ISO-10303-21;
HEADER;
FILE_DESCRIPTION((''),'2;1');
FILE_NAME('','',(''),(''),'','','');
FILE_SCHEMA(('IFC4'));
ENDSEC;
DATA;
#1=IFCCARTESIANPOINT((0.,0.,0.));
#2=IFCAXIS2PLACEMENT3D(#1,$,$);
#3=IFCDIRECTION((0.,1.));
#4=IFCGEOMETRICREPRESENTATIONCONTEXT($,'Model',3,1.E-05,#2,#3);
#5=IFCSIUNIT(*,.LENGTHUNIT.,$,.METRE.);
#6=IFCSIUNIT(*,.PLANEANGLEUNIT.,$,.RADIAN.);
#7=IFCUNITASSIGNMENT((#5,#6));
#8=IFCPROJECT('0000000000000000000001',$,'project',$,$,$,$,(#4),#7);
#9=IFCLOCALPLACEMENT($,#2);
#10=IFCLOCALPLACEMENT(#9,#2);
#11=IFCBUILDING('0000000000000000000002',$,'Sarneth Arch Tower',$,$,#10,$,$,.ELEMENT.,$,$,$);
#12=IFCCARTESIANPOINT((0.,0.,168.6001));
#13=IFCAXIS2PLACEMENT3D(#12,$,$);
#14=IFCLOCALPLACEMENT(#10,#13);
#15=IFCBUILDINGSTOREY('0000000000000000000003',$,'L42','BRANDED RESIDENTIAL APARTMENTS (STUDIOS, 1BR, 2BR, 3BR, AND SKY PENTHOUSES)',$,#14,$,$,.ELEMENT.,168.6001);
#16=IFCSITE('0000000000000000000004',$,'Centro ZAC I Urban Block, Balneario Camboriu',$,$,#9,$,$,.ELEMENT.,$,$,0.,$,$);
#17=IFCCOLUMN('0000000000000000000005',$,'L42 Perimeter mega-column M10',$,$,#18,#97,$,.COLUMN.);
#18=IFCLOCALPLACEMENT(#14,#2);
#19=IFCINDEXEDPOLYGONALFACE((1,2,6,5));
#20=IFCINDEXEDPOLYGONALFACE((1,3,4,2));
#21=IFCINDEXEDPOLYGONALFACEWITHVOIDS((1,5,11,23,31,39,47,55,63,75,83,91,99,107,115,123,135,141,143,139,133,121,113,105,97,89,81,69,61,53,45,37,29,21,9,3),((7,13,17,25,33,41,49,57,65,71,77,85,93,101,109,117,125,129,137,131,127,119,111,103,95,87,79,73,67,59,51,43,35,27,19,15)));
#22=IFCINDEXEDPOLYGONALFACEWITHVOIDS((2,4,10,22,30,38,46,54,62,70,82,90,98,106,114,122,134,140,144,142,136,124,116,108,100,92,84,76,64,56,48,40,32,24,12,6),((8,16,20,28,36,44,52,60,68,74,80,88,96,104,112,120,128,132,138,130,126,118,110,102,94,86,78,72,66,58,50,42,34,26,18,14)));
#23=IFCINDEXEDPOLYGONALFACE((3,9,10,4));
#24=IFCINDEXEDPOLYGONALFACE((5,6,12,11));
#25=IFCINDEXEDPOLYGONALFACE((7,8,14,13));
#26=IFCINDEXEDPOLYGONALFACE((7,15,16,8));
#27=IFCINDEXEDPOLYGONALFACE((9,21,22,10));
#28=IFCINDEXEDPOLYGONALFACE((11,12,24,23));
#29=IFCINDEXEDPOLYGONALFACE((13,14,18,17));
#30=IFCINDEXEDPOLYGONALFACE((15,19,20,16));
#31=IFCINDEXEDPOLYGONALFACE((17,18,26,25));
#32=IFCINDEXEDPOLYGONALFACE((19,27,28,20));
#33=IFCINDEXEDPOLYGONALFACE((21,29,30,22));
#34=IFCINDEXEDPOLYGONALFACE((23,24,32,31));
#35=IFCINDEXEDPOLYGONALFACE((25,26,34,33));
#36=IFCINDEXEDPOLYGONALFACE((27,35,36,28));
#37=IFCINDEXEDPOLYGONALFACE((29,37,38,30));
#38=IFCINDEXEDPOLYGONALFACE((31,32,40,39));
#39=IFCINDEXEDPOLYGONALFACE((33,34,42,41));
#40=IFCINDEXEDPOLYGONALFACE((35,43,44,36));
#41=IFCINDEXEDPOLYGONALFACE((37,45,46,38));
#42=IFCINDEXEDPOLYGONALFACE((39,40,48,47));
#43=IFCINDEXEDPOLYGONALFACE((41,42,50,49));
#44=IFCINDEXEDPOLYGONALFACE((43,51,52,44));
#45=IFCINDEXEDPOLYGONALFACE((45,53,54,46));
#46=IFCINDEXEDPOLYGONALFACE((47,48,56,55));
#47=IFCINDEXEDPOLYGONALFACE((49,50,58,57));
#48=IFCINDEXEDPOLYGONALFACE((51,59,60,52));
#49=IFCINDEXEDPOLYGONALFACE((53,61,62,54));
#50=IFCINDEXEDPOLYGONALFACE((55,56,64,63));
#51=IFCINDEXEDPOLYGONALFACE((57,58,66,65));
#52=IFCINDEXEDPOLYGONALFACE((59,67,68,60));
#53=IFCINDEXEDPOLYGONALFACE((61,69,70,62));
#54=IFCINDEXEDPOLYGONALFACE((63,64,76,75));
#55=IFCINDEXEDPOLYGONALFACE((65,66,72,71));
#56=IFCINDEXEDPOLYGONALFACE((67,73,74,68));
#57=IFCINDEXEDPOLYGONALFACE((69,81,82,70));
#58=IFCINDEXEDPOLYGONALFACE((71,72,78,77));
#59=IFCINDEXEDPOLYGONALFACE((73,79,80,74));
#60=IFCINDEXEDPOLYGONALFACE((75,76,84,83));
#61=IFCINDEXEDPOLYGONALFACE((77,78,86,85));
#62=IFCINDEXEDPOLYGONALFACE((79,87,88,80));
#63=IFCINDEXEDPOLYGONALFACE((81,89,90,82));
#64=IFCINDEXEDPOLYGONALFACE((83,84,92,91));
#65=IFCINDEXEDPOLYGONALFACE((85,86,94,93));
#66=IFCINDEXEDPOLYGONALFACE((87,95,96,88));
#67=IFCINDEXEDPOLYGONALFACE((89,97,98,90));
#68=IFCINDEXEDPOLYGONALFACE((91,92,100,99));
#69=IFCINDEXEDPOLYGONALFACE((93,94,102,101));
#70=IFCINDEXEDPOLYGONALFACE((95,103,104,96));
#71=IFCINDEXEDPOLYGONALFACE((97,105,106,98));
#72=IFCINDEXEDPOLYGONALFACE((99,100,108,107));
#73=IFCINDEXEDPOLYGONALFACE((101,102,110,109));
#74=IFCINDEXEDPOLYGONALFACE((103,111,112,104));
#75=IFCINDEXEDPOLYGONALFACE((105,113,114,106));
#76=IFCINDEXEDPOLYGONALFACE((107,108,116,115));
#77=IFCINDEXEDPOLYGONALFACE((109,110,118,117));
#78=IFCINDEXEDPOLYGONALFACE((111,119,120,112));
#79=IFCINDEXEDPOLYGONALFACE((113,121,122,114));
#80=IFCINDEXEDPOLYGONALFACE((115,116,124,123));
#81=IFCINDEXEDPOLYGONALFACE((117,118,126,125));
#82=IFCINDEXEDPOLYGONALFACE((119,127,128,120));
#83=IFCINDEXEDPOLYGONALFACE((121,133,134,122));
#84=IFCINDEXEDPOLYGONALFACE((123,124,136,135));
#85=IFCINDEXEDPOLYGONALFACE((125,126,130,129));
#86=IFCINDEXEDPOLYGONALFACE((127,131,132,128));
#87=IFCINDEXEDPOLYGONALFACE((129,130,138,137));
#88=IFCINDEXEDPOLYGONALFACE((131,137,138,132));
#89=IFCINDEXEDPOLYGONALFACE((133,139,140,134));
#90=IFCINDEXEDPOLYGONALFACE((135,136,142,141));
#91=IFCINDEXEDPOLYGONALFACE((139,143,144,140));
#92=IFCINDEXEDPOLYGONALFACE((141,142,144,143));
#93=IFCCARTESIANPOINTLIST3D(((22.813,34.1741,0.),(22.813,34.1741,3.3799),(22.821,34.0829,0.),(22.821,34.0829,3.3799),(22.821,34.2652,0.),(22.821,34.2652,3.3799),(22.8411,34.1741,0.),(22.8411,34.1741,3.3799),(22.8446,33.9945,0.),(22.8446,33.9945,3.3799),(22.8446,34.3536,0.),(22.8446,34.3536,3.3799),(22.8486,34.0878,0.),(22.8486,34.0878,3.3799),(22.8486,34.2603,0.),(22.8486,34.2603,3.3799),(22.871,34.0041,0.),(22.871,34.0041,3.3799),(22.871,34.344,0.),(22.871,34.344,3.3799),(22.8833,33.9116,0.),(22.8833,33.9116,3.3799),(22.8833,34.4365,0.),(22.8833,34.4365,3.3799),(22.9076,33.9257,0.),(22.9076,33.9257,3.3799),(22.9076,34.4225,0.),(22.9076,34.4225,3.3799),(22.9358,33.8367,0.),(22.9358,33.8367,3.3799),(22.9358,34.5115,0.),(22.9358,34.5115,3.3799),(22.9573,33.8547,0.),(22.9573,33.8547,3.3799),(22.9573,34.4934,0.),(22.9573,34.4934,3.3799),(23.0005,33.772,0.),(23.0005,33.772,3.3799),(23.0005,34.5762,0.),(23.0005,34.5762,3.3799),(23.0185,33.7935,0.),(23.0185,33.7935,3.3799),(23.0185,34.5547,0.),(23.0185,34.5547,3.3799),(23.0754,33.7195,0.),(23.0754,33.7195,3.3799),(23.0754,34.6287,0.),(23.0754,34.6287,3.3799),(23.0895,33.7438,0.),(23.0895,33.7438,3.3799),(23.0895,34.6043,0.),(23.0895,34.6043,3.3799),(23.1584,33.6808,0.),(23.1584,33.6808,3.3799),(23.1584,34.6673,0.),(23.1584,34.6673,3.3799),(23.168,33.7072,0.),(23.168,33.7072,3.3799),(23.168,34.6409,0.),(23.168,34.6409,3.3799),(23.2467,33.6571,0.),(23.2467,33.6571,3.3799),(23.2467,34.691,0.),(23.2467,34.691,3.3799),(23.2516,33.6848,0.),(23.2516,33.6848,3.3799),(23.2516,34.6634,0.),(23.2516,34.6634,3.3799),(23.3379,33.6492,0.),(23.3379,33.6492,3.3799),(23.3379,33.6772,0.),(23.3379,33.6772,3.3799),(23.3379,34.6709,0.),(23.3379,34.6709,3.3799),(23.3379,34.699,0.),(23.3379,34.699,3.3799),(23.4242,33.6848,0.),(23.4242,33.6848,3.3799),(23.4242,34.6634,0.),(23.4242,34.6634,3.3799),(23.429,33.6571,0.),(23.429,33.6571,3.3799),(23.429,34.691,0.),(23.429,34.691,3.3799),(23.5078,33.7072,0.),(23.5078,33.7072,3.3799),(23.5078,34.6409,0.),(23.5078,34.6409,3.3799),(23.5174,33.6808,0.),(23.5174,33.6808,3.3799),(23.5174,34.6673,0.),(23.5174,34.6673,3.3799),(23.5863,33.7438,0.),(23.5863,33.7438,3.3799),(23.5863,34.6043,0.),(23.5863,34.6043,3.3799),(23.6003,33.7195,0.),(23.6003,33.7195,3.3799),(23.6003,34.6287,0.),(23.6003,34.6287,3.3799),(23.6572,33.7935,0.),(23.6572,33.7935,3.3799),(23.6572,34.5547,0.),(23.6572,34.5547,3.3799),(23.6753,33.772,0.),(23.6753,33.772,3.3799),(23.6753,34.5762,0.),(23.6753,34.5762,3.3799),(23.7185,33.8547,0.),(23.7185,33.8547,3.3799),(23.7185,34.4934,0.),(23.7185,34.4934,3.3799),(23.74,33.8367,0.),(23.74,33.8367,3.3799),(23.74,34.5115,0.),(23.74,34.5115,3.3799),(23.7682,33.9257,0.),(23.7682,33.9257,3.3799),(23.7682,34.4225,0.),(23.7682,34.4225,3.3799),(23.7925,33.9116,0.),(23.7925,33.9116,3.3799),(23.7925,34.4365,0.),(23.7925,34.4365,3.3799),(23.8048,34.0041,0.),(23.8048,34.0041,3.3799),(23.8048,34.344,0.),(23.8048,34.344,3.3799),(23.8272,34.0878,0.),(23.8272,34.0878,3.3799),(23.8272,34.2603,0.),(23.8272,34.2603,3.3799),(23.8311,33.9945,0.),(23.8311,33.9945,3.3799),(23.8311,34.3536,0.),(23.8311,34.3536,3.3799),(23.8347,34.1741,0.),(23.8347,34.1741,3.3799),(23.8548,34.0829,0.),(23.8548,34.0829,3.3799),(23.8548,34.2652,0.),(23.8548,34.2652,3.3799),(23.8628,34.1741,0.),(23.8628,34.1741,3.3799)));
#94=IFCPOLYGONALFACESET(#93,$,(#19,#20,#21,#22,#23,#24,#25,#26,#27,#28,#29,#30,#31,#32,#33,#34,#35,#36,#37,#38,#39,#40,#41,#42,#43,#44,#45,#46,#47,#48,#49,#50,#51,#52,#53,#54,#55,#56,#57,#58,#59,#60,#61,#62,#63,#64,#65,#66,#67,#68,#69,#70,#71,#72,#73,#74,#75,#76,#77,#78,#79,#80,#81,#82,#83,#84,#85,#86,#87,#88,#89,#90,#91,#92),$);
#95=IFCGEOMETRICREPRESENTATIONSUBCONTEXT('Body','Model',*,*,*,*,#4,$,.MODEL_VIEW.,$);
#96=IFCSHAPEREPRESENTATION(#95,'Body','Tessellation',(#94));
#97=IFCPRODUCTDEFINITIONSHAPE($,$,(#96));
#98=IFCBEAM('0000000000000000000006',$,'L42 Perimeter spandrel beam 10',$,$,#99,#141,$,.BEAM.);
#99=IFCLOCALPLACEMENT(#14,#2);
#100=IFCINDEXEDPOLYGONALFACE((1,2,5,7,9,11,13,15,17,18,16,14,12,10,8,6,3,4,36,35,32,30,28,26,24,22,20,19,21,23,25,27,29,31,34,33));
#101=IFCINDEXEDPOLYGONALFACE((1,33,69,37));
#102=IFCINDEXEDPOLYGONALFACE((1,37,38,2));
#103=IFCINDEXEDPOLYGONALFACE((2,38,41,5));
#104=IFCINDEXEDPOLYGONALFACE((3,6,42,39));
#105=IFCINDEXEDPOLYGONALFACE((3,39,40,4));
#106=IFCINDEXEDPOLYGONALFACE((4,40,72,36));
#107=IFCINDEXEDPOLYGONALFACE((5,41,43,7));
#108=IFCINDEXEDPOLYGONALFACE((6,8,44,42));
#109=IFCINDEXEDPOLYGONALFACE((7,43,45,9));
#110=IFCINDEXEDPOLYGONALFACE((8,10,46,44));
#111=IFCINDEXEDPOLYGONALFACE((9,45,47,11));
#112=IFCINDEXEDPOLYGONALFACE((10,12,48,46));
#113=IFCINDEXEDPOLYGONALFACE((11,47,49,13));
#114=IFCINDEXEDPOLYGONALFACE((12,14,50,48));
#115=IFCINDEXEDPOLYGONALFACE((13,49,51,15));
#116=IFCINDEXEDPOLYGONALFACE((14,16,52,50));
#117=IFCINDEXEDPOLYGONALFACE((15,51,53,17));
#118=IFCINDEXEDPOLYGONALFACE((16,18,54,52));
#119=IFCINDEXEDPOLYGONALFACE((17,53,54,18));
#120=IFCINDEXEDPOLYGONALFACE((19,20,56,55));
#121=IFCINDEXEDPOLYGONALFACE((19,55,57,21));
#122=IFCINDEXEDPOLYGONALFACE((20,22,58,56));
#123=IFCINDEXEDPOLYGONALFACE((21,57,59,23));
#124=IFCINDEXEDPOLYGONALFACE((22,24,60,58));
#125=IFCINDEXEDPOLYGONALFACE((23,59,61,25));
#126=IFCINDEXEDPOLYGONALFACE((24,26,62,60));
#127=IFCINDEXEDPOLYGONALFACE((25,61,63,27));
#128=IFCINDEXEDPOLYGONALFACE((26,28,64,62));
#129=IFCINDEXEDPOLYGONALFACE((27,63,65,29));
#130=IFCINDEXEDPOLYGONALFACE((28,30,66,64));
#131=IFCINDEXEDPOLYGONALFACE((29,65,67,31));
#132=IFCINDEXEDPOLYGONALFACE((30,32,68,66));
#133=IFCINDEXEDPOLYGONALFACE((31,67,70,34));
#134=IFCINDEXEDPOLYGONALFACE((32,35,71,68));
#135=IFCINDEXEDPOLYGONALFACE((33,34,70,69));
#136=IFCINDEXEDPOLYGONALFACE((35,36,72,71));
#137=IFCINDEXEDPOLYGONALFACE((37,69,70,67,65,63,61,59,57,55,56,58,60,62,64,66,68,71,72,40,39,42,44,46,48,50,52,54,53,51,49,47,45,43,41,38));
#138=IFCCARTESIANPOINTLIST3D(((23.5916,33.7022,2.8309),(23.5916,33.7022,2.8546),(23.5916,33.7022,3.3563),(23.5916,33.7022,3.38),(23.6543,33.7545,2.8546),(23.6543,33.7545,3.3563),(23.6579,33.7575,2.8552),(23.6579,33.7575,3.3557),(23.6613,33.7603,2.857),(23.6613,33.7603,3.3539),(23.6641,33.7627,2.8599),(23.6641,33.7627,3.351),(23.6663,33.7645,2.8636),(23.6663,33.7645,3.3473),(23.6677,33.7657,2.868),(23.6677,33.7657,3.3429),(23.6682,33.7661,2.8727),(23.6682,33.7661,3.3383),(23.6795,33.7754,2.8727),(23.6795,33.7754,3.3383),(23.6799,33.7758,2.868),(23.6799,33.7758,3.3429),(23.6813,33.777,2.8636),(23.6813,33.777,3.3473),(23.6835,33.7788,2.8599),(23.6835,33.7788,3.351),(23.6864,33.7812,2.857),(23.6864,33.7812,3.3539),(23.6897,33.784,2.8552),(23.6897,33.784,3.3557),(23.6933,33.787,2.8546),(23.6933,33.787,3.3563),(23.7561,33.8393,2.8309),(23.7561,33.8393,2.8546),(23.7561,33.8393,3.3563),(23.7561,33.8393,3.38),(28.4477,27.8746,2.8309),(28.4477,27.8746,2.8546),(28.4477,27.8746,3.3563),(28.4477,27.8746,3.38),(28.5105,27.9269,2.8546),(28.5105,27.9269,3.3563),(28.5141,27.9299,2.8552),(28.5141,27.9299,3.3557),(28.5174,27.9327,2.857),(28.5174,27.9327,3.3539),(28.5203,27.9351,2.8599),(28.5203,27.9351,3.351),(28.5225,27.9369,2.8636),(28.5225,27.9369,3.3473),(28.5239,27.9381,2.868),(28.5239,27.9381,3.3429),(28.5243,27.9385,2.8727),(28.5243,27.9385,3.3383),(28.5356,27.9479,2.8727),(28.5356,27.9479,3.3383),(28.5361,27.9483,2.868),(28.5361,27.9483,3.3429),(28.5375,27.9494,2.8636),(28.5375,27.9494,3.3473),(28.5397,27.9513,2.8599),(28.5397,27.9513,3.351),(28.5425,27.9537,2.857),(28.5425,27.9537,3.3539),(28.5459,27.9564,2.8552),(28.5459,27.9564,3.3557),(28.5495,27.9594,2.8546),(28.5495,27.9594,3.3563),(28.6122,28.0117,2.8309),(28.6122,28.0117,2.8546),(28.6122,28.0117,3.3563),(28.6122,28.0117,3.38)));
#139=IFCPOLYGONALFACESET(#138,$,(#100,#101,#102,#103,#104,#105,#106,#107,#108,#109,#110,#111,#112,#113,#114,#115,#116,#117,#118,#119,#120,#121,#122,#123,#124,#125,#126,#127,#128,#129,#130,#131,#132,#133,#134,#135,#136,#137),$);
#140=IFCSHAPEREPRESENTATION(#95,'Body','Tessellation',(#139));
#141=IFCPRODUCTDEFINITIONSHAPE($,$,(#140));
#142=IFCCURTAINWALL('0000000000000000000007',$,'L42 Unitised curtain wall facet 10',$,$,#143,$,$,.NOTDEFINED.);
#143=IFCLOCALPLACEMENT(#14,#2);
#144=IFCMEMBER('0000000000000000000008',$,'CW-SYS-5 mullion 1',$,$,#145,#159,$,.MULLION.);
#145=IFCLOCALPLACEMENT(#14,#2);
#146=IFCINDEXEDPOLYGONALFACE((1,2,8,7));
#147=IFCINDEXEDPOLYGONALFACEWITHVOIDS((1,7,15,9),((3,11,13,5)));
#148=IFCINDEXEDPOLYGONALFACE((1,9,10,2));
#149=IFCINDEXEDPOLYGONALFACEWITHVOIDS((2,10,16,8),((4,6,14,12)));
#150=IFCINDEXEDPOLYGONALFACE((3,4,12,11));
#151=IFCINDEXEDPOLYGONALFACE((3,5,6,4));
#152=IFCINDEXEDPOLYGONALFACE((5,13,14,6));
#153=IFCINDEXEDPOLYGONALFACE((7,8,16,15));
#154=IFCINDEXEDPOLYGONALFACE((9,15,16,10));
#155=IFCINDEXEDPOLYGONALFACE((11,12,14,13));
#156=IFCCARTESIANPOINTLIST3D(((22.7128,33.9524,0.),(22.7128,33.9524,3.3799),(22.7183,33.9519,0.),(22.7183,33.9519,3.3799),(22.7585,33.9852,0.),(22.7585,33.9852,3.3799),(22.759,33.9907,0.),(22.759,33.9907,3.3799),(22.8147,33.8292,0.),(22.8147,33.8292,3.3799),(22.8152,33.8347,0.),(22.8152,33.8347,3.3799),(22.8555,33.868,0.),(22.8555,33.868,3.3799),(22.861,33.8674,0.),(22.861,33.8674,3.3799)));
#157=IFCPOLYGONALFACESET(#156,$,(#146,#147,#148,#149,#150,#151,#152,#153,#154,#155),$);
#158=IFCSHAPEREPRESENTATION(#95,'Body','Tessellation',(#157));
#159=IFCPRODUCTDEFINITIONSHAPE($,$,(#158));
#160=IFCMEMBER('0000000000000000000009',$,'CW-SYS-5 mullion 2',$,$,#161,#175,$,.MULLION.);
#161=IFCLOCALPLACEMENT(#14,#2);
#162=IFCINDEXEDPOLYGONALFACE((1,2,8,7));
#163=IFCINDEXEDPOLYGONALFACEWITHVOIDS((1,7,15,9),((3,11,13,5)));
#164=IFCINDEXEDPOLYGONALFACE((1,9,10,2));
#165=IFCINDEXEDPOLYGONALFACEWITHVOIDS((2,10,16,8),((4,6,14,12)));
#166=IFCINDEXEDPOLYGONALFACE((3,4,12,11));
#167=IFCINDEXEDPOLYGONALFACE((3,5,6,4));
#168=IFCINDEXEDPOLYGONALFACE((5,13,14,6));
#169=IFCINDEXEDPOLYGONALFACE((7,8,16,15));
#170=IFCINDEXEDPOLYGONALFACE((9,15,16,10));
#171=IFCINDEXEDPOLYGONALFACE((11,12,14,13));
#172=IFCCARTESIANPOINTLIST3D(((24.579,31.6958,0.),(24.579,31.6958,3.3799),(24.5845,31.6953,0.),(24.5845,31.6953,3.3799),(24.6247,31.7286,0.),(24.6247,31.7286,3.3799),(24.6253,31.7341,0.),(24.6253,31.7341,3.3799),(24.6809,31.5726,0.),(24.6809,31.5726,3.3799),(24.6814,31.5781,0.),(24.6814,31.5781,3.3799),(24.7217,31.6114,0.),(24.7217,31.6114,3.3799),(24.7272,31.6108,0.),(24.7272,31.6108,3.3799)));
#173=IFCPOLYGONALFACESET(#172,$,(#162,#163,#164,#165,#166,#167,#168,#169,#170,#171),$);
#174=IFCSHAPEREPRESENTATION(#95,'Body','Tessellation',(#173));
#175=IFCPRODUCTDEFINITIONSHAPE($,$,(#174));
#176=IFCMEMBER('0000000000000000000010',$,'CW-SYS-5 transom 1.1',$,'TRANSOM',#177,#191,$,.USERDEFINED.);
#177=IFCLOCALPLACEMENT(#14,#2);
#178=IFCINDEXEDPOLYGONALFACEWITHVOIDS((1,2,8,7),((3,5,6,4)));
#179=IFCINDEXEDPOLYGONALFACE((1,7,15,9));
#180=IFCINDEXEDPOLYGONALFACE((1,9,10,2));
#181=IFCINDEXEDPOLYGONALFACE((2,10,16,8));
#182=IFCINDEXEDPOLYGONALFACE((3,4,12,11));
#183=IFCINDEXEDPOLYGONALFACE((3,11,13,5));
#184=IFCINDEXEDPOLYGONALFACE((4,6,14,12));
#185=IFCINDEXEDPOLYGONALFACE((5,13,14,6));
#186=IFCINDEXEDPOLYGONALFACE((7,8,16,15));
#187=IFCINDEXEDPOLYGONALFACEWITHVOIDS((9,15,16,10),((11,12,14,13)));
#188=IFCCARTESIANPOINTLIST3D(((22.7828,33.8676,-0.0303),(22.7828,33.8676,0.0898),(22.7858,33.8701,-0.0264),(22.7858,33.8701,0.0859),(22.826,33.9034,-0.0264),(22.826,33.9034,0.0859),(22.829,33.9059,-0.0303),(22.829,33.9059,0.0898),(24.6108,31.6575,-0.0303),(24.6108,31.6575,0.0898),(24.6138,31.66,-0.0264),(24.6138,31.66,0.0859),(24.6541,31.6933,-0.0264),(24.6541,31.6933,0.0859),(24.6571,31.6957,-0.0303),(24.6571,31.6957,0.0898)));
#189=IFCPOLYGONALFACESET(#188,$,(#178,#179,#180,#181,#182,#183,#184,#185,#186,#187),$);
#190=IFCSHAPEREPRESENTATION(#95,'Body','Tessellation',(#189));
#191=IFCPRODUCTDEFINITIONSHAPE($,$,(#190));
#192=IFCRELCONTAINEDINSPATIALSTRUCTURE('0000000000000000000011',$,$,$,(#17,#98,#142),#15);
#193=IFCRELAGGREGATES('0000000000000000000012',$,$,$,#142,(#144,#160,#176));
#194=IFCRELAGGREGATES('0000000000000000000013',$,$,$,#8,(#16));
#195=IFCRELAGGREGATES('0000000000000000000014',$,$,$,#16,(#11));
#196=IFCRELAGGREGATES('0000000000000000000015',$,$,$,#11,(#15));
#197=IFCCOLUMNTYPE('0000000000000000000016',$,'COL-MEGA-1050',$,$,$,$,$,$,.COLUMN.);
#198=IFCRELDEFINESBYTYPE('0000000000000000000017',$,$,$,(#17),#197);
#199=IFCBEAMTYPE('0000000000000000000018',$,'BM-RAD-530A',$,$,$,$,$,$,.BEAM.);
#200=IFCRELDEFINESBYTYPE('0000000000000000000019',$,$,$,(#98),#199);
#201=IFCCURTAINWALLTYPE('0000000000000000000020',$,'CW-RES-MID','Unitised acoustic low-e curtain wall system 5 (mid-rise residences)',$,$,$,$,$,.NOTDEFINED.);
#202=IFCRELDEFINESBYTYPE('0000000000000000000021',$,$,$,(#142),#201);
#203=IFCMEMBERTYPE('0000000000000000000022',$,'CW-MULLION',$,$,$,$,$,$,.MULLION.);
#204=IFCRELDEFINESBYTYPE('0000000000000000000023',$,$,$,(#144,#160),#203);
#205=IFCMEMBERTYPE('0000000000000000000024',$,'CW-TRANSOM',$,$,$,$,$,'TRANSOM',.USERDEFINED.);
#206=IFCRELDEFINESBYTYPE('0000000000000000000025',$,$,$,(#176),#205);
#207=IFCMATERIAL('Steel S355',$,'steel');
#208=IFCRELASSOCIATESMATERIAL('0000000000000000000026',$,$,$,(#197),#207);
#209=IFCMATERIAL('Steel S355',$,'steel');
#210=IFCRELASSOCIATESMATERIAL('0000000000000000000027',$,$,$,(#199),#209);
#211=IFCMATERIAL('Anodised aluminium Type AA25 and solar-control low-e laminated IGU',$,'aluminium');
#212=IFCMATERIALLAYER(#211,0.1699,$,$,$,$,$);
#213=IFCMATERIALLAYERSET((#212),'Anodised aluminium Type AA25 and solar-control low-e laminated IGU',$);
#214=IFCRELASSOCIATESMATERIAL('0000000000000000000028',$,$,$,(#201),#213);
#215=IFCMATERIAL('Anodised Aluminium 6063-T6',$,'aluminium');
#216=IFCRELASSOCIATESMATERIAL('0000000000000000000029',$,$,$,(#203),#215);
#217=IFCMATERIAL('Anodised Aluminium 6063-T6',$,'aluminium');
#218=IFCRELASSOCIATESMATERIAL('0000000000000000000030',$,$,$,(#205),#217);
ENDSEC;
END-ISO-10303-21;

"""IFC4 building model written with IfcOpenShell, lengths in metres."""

from ifc_helpers import new_model, si_unit, direction, frame, origin, origin_2d, place, context, subcontext, project, spatial, hollow_rectangle, hollow_circle, i_section, extrude, material, layer, layer_set, material_profile, profile_set, type_object, element, aggregate, save


model = new_model("IFC4")

# Units and contexts
model_context = context("Model", 3, precision=1e-05, world=origin(), true_north=direction((0.0, 1.0)))
body_context = subcontext(model_context, "Body", "Model", "MODEL_VIEW")
ifc_project = project(units=[si_unit("LENGTHUNIT", "METRE"), si_unit("PLANEANGLEUNIT", "RADIAN")], contexts=[model_context])

# Site, building, storey
site_placement = place(None, origin())
site = spatial("IfcSite", under=ifc_project, at=site_placement, Name="Centro ZAC I Urban Block, Balneario Camboriu", CompositionType="ELEMENT", RefElevation=0.0)
building_placement = place(site_placement, origin())
building = spatial("IfcBuilding", under=site, at=building_placement, Name="Sarneth Arch Tower", CompositionType="ELEMENT")
storey_placement = place(building_placement, frame((0.0, 0.0, 168.6001)))
storey = spatial("IfcBuildingStorey", under=building, at=storey_placement, Name="L42", Description="BRANDED RESIDENTIAL APARTMENTS (STUDIOS, 1BR, 2BR, 3BR, AND SKY PENTHOUSES)", CompositionType="ELEMENT", Elevation=168.6001)

# Column
ifc_material_1 = material(Name="Steel S355", Category="steel")
ifc_material_profile_1 = material_profile(ifc_material_1, hollow_circle(Radius=0.5249, WallThickness=0.0281, at=origin_2d()), Name="CHS1050x28")
ifc_profile_set_1 = profile_set([ifc_material_profile_1], Name="Steel S355")
column_type = type_object("IfcColumnType", Name="COL-MEGA-1050", PredefinedType="COLUMN", material=ifc_profile_set_1)
column_placement = place(storey_placement, frame((23.3379, 34.1741, 0.0), z_axis=(0.0, 0.0, 1.0), x_axis=(1.0, 0.0, 0.0)))
element("IfcColumn", 1, at=column_placement, inside=storey, type_object=column_type, Name="L42 Perimeter mega-column M10", PredefinedType="COLUMN", context=body_context, shape_type="SweptSolid", body=[
    extrude(hollow_circle(Radius=0.5249, WallThickness=0.0281, at=origin_2d()), origin(), (0.0, 0.0, 1.0), 3.3799),
])

# Beam
ifc_material_2 = material(Name="Steel S355", Category="steel")
ifc_material_profile_2 = material_profile(ifc_material_2, i_section(OverallWidth=0.2141, OverallDepth=0.5491, WebThickness=0.0146, FlangeThickness=0.0237, FilletRadius=0.0181, at=origin_2d()), Name="W530x138")
ifc_profile_set_2 = profile_set([ifc_material_profile_2], Name="Steel S355")
beam_type = type_object("IfcBeamType", Name="BM-RAD-530A", PredefinedType="BEAM", material=ifc_profile_set_2)
beam_placement = place(storey_placement, frame((23.6738, 33.7708, 3.1055), z_axis=(0.640172, -0.768232, 0.0), x_axis=(0.768232, 0.640172, 0.0)))
element("IfcBeam", 2, at=beam_placement, inside=storey, type_object=beam_type, Name="L42 Perimeter spandrel beam 10", PredefinedType="BEAM", context=body_context, shape_type="SweptSolid", body=[
    extrude(i_section(OverallWidth=0.2141, OverallDepth=0.5491, WebThickness=0.0146, FlangeThickness=0.0237, FilletRadius=0.0181, at=origin_2d()), origin(), (0.0, 0.0, 1.0), 7.5857),
])

# Curtain wall, members
ifc_material_3 = material(Name="Anodised aluminium Type AA25 and solar-control low-e laminated IGU", Category="aluminium")
ifc_layer_1 = layer(ifc_material_3, 0.1699)
ifc_layer_set_1 = layer_set([ifc_layer_1], Name="Anodised aluminium Type AA25 and solar-control low-e laminated IGU")
curtain_wall_type = type_object("IfcCurtainWallType", Name="CW-RES-MID", Description="Unitised acoustic low-e curtain wall system 5 (mid-rise residences)", PredefinedType="NOTDEFINED", material=ifc_layer_set_1)
curtain_wall_placement = place(storey_placement, origin())
curtain_wall = element("IfcCurtainWall", 3, at=curtain_wall_placement, inside=storey, type_object=curtain_wall_type, Name="L42 Unitised curtain wall facet 10", PredefinedType="NOTDEFINED")
ifc_material_4 = material(Name="Anodised Aluminium 6063-T6", Category="aluminium")
ifc_material_profile_3 = material_profile(ifc_material_4, hollow_rectangle(XDim=0.0601, YDim=0.1599, WallThickness=0.0039, at=origin_2d()), Name="AL-MULL-160x60x4")
ifc_profile_set_3 = profile_set([ifc_material_profile_3], Name="Anodised Aluminium 6063-T6")
member_type_1 = type_object("IfcMemberType", Name="CW-MULLION", PredefinedType="MULLION", material=ifc_profile_set_3)
member_1_placement = place(storey_placement, frame((22.7869, 33.9099, 0.0), z_axis=(0.0, 0.0, 1.0), x_axis=(0.770591, 0.63733, 0.0)))
member_1 = element("IfcMember", 4, at=member_1_placement, type_object=member_type_1, Name="CW-SYS-5 mullion 1", PredefinedType="MULLION", context=body_context, shape_type="SweptSolid", body=[
    extrude(hollow_rectangle(XDim=0.0601, YDim=0.1599, WallThickness=0.0039, at=origin_2d()), origin(), (0.0, 0.0, 1.0), 3.3799),
])
member_2_placement = place(storey_placement, frame((24.6531, 31.6533, 0.0), z_axis=(0.0, 0.0, 1.0), x_axis=(0.770591, 0.63733, 0.0)))
member_2 = element("IfcMember", 5, at=member_2_placement, type_object=member_type_1, Name="CW-SYS-5 mullion 2", PredefinedType="MULLION", context=body_context, shape_type="SweptSolid", body=[
    extrude(hollow_rectangle(XDim=0.0601, YDim=0.1599, WallThickness=0.0039, at=origin_2d()), origin(), (0.0, 0.0, 1.0), 3.3799),
])
ifc_material_5 = material(Name="Anodised Aluminium 6063-T6", Category="aluminium")
ifc_material_profile_4 = material_profile(ifc_material_5, hollow_rectangle(XDim=0.0601, YDim=0.1201, WallThickness=0.0039, at=origin_2d()), Name="AL-TRAN-120x60x4")
ifc_profile_set_4 = profile_set([ifc_material_profile_4], Name="Anodised Aluminium 6063-T6")
member_type_2 = type_object("IfcMemberType", Name="CW-TRANSOM", ElementType="TRANSOM", PredefinedType="USERDEFINED", material=ifc_profile_set_4)
member_3_placement = place(storey_placement, frame((22.8059, 33.8867, 0.0298), z_axis=(0.637359, -0.770567, 0.0), x_axis=(0.770567, 0.637359, 0.0)))
member_3 = element("IfcMember", 6, at=member_3_placement, type_object=member_type_2, Name="CW-SYS-5 transom 1.1", ObjectType="TRANSOM", PredefinedType="USERDEFINED", context=body_context, shape_type="SweptSolid", body=[
    extrude(hollow_rectangle(XDim=0.0601, YDim=0.1201, WallThickness=0.0039, at=origin_2d()), origin(), (0.0, 0.0, 1.0), 2.8682),
])
aggregate(curtain_wall, [member_1, member_2, member_3])

save(model, "model.ifc")
